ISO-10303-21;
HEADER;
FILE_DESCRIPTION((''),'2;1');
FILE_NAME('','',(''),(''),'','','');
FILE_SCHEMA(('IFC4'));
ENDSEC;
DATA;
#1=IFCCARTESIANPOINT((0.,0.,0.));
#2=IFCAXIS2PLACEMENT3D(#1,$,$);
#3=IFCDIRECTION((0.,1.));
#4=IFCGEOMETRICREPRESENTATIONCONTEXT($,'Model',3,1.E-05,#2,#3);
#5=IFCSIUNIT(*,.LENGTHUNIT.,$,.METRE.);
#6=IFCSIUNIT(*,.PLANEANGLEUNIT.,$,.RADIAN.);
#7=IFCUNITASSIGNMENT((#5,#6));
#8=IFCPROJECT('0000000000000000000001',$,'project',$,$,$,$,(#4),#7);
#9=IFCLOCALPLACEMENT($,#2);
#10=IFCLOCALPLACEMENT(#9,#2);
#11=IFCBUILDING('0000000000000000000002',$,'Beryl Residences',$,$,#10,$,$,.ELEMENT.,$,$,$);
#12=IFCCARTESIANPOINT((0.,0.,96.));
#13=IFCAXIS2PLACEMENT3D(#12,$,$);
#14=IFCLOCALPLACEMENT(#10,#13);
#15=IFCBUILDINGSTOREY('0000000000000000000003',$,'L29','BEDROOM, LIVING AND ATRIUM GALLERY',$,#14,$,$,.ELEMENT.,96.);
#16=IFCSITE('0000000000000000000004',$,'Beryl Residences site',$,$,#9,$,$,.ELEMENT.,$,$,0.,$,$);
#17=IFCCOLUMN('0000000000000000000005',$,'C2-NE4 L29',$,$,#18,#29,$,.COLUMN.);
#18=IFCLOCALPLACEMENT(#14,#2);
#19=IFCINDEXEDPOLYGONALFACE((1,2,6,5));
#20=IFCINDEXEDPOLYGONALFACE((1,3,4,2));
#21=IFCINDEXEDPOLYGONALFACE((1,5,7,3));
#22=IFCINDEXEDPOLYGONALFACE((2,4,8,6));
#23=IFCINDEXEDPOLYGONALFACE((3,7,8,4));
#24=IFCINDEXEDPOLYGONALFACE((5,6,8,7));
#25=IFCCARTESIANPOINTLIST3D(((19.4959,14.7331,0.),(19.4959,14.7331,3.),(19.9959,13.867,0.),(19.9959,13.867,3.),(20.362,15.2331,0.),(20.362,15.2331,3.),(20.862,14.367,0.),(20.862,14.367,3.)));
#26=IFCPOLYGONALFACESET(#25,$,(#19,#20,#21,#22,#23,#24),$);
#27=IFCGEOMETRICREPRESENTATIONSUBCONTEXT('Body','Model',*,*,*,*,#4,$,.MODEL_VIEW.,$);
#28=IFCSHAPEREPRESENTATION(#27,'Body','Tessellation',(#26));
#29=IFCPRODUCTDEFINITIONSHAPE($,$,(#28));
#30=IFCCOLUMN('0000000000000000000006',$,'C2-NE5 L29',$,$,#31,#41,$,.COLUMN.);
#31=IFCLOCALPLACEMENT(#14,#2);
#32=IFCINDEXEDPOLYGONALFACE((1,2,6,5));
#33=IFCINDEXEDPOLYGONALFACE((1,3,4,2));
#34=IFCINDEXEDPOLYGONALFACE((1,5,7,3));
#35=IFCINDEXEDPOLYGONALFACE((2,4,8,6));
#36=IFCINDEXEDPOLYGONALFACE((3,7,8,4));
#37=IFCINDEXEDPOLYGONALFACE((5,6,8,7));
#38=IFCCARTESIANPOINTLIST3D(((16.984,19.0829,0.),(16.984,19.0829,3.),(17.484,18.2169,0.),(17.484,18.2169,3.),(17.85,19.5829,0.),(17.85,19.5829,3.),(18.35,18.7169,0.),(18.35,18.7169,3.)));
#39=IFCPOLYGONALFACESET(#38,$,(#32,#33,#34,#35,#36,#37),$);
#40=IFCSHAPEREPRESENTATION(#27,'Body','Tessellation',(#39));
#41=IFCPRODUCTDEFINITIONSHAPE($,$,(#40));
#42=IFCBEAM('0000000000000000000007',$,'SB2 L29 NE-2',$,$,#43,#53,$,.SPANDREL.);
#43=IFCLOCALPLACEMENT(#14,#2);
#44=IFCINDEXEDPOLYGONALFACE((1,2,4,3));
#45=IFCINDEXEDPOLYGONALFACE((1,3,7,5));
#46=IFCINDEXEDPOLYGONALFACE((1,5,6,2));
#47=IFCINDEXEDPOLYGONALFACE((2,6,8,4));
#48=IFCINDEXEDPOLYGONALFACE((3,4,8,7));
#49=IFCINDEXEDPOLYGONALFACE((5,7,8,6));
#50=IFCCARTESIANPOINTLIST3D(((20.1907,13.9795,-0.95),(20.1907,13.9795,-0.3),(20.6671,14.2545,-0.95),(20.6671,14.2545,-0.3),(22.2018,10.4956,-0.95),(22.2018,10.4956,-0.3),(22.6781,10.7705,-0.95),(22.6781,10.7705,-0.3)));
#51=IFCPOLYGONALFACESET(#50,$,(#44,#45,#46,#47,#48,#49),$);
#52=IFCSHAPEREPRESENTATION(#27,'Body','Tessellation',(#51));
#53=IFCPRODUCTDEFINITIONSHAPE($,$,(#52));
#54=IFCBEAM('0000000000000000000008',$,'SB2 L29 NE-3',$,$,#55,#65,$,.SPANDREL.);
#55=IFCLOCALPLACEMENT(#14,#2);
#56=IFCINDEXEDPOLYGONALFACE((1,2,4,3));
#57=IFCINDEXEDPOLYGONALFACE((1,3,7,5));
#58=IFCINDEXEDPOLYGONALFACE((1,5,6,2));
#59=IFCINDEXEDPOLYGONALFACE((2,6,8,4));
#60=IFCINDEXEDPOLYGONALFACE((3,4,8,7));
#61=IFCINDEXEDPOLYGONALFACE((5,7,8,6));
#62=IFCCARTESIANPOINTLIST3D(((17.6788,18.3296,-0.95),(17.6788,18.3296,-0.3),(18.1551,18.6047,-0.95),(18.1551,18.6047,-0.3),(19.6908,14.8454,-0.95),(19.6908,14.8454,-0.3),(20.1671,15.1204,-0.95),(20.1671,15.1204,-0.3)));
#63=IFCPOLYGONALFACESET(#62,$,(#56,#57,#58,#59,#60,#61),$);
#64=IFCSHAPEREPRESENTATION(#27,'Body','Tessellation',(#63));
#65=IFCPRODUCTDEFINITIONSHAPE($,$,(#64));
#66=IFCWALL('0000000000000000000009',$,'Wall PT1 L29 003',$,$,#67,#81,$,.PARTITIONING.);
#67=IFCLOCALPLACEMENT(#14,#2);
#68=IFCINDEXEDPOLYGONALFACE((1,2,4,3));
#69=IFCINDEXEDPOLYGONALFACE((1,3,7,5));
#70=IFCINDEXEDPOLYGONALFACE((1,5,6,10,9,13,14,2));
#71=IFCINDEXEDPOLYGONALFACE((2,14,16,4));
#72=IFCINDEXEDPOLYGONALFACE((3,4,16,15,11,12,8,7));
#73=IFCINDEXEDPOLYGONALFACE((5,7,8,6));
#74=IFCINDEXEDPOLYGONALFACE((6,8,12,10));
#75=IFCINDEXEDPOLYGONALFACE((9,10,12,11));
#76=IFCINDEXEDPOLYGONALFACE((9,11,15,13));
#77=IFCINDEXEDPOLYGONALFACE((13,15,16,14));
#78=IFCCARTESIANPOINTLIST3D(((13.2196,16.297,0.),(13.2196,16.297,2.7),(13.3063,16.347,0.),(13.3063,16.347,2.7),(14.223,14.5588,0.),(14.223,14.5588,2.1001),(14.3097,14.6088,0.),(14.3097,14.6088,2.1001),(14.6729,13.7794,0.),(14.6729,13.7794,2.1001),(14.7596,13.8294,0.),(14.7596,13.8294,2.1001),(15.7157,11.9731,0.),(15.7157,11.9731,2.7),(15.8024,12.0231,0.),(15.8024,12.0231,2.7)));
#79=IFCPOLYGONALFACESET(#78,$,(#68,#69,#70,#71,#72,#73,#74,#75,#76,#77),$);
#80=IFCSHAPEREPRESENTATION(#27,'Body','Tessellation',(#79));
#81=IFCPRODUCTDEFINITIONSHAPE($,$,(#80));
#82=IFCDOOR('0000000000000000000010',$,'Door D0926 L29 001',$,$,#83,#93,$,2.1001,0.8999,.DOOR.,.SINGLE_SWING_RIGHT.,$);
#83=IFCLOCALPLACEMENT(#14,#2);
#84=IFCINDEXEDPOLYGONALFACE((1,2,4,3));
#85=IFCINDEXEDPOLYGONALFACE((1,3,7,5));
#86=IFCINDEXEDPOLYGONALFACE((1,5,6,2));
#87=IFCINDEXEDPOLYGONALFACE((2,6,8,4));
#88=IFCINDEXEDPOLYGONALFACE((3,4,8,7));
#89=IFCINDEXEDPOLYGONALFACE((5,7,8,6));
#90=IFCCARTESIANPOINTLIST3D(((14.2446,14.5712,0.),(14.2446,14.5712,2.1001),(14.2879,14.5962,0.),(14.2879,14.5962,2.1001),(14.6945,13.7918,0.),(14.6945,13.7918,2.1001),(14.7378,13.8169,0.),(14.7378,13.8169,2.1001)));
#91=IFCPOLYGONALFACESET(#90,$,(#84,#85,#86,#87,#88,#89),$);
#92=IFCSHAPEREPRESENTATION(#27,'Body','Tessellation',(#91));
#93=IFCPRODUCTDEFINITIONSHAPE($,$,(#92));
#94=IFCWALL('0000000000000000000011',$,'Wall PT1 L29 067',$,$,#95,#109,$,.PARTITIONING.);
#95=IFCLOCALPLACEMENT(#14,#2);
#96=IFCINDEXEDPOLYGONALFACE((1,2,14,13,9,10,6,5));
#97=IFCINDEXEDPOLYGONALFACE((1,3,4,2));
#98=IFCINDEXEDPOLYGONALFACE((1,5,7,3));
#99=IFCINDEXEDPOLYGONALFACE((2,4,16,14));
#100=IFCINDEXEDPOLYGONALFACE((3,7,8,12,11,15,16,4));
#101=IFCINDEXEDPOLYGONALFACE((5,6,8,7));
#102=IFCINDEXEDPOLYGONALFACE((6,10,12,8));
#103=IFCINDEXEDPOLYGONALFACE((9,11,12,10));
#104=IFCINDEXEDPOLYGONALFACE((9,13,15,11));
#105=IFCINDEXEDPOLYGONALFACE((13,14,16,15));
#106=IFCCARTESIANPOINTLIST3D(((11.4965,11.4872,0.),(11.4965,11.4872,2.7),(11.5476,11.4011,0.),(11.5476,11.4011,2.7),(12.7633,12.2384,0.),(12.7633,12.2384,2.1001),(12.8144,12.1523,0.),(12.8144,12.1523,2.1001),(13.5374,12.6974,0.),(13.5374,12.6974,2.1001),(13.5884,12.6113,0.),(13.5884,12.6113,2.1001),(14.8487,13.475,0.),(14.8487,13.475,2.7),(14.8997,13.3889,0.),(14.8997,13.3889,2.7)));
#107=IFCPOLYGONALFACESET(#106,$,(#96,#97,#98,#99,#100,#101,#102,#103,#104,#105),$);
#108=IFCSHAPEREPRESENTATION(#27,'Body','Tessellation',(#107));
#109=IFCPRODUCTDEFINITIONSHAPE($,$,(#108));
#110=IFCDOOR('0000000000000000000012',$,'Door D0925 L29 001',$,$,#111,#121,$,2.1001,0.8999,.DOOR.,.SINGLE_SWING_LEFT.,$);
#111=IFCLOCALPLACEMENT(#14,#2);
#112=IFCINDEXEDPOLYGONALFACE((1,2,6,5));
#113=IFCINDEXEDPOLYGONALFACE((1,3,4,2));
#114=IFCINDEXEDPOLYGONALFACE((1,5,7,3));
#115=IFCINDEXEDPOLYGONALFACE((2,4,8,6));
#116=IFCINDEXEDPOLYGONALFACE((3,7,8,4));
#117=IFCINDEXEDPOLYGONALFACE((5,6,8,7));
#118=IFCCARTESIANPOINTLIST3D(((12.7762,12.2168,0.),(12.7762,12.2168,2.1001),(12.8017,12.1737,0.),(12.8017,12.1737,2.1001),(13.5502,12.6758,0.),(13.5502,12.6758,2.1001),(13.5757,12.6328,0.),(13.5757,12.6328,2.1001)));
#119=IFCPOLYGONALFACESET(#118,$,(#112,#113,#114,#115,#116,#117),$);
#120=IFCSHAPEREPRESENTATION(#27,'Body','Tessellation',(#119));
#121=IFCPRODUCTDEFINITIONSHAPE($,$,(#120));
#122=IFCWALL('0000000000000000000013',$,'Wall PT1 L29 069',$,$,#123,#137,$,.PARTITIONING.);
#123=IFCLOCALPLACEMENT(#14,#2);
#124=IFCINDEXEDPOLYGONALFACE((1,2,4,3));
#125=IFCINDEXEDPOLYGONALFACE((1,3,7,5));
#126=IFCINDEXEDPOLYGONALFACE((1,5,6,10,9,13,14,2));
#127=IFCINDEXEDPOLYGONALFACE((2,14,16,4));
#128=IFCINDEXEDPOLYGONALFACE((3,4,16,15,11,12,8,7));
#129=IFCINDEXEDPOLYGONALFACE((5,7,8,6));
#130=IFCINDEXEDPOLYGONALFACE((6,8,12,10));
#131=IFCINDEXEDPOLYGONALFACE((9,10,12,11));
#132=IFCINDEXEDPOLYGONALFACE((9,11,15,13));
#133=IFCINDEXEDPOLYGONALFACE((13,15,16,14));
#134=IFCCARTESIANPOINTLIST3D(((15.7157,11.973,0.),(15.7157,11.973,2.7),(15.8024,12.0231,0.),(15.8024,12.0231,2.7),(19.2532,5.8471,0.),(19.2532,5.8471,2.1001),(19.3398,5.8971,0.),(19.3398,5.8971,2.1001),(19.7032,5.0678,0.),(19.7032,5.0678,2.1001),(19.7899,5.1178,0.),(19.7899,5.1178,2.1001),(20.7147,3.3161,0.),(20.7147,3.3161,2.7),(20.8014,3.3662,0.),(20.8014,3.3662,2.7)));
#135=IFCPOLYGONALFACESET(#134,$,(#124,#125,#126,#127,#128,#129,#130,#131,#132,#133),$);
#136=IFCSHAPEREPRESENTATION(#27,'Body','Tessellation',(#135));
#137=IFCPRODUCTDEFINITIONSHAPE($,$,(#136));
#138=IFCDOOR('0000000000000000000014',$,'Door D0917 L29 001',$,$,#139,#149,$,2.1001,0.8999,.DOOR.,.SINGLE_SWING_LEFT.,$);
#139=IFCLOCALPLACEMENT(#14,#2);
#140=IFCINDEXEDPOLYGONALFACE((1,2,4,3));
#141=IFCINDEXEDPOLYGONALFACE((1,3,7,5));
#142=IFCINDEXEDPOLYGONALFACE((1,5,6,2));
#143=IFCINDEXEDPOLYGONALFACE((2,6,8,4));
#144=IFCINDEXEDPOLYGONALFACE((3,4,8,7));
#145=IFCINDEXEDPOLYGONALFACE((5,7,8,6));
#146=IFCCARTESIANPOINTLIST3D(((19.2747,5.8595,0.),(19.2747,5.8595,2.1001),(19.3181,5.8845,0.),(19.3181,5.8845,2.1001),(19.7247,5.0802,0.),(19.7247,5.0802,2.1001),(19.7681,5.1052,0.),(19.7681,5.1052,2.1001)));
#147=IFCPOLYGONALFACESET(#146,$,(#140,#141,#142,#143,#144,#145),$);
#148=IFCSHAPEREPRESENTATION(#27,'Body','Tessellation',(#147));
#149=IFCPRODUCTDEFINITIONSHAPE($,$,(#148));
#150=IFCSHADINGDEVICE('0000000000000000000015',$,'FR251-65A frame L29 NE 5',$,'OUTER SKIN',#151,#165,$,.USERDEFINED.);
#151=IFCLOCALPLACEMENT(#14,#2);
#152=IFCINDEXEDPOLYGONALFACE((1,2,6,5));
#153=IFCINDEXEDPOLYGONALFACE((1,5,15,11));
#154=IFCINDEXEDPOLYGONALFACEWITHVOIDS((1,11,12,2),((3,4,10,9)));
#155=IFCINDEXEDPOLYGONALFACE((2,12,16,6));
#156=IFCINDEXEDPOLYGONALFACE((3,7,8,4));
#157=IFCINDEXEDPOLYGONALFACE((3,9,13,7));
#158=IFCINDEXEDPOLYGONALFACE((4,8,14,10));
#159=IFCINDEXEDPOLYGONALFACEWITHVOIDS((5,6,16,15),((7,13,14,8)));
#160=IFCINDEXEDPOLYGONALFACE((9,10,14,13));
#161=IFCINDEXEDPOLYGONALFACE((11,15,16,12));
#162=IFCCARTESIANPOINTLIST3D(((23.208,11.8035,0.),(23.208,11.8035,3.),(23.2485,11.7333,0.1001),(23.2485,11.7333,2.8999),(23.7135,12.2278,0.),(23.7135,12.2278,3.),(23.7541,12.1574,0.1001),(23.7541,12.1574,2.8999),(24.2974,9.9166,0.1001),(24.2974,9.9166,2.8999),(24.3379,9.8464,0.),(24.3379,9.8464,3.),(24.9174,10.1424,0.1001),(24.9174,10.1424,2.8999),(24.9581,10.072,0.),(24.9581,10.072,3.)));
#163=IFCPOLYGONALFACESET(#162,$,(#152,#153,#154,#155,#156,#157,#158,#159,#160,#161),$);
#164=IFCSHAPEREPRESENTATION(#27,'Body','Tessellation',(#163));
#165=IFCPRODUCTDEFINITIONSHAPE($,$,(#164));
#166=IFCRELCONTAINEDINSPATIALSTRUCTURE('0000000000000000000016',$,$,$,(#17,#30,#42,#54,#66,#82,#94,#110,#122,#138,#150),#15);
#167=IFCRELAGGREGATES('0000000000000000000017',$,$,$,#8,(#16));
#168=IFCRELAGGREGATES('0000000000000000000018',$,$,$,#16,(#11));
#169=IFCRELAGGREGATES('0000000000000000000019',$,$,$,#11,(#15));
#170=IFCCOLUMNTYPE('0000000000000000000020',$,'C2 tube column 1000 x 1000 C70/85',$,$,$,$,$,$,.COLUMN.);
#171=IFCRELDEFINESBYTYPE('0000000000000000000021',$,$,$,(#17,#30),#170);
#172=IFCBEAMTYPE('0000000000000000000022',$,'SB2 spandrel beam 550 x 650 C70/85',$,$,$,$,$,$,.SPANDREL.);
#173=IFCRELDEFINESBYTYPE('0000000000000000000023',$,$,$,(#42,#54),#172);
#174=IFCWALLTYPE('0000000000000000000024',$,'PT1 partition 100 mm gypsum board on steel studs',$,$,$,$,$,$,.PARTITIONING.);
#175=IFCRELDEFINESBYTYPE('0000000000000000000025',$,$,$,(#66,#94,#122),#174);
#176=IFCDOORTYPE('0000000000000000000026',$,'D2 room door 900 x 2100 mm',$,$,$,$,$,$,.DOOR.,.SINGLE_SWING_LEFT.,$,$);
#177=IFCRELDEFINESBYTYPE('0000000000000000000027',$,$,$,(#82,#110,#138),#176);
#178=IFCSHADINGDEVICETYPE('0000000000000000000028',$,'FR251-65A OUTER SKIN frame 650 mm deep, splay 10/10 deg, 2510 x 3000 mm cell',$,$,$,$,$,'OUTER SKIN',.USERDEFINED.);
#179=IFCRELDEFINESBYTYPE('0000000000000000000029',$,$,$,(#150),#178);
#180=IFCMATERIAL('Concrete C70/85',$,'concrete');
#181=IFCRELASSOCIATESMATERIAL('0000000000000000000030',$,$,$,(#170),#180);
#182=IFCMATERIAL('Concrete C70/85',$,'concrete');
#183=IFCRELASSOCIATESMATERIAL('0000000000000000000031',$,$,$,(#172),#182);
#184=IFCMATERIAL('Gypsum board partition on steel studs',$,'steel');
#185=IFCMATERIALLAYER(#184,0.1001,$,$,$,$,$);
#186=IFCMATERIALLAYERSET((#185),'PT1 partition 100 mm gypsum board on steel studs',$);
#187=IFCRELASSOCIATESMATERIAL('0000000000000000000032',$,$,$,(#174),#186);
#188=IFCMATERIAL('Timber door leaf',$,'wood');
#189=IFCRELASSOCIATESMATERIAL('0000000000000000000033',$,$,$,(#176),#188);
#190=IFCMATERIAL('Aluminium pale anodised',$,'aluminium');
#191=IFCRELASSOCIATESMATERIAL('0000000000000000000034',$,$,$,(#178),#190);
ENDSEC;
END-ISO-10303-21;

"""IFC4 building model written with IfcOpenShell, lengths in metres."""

from ifc_helpers import new_model, entity, si_unit, direction, frame, frame_2d, origin, origin_2d, place, context, subcontext, project, spatial, rectangle, extrude, source, transform, mapped, material, layer, layer_set, material_profile, profile_set, type_object, type_shapes, element, fill, save


model = new_model("IFC4")

# Units and contexts
model_context = context("Model", 3, precision=1e-05, world=origin(), true_north=direction((0.0, 1.0)))
body_context = subcontext(model_context, "Body", "Model", "MODEL_VIEW")
ifc_project = project(units=[si_unit("LENGTHUNIT", "METRE"), si_unit("PLANEANGLEUNIT", "RADIAN")], contexts=[model_context])

# Site, building, storey
site_placement = place(None, origin())
site = spatial("IfcSite", under=ifc_project, at=site_placement, Name="Beryl Residences site", CompositionType="ELEMENT", RefElevation=0.0)
building_placement = place(site_placement, origin())
building = spatial("IfcBuilding", under=site, at=building_placement, Name="Beryl Residences", CompositionType="ELEMENT")
storey_placement = place(building_placement, frame((0.0, 0.0, 96.0)))
storey = spatial("IfcBuildingStorey", under=building, at=storey_placement, Name="L29", Description="BEDROOM, LIVING AND ATRIUM GALLERY", CompositionType="ELEMENT", Elevation=96.0)

# Columns
ifc_material_1 = material(Name="Concrete C70/85", Category="concrete")
ifc_material_profile_1 = material_profile(ifc_material_1, rectangle(XDim=1.0, YDim=1.0, at=origin_2d()))
ifc_profile_set_1 = profile_set([ifc_material_profile_1], Name="Concrete C70/85")
column_type = type_object("IfcColumnType", Name="C2 tube column 1000 x 1000 C70/85", PredefinedType="COLUMN", material=ifc_profile_set_1)
for number, where, z_axis, x_axis, name in (
    (1, (20.179, 14.55, 0.0), (0.0, 0.0, 1.0), (-0.5, 0.866025, 0.0), "C2-NE4 L29"),
    (2, (17.667, 18.8999, 0.0), (0.0, 0.0, 1.0), (-0.5, 0.866025, 0.0), "C2-NE5 L29"),
):
    element("IfcColumn", number, at=place(storey_placement, frame(where, z_axis=z_axis, x_axis=x_axis)), inside=storey, type_object=column_type, Name=name, PredefinedType="COLUMN", context=body_context, shape_type="SweptSolid", body=[
        extrude(rectangle(XDim=1.0, YDim=1.0, at=origin_2d()), origin(), (0.0, 0.0, 1.0), 3.0),
    ])

# Beams
ifc_material_2 = material(Name="Concrete C70/85", Category="concrete")
ifc_material_profile_2 = material_profile(ifc_material_2, rectangle(XDim=0.55, YDim=0.6499, at=origin_2d()))
ifc_profile_set_2 = profile_set([ifc_material_profile_2], Name="Concrete C70/85")
beam_type = type_object("IfcBeamType", Name="SB2 spandrel beam 550 x 650 C70/85", PredefinedType="SPANDREL", material=ifc_profile_set_2)
beam_1_placement = place(storey_placement, frame((22.4399, 10.6331, -0.625), z_axis=(-0.499919, 0.866072, 0.0), x_axis=(-0.866072, -0.499919, 0.0)))
element("IfcBeam", 3, at=beam_1_placement, inside=storey, type_object=beam_type, Name="SB2 L29 NE-2", PredefinedType="SPANDREL", context=body_context, shape_type="SweptSolid", body=[
    extrude(rectangle(XDim=0.55, YDim=0.6499, at=origin_2d()), origin(), (0.0, 0.0, 1.0), 4.0227),
])
beam_2_placement = place(storey_placement, frame((19.929, 14.9829, -0.625), z_axis=(-0.500074, 0.865982, 0.0), x_axis=(-0.865982, -0.500074, 0.0)))
element("IfcBeam", 4, at=beam_2_placement, inside=storey, type_object=beam_type, Name="SB2 L29 NE-3", PredefinedType="SPANDREL", context=body_context, shape_type="SweptSolid", body=[
    extrude(rectangle(XDim=0.55, YDim=0.6499, at=origin_2d()), origin(), (0.0, 0.0, 1.0), 4.0234),
])

# Walls, openings, doors
ifc_material_3 = material(Name="Gypsum board partition on steel studs", Category="steel")
ifc_layer = layer(ifc_material_3, 0.1001)
ifc_layer_set = layer_set([ifc_layer], Name="PT1 partition 100 mm gypsum board on steel studs")
wall_type = type_object("IfcWallType", Name="PT1 partition 100 mm gypsum board on steel studs", PredefinedType="PARTITIONING", material=ifc_layer_set)
wall_1_placement = place(storey_placement, frame((13.2629, 16.322, 0.0), z_axis=(0.0, 0.0, 1.0), x_axis=(0.499947, -0.866056, 0.0)))
wall_1 = element("IfcWall", 5, at=wall_1_placement, inside=storey, type_object=wall_type, Name="Wall PT1 L29 003", PredefinedType="PARTITIONING", context=body_context, shape_type="SweptSolid", body=[
    extrude(rectangle(XDim=4.9927, YDim=0.1001, at=frame_2d((2.4963, 0.0))), origin(), (0.0, 0.0, 1.0), 2.7),
])
opening_1_placement = place(wall_1_placement, frame((2.0071, 0.0, 0.0)))
opening_1 = element("IfcOpeningElement", 6, at=opening_1_placement, cuts=wall_1, PredefinedType="OPENING", context=body_context, shape_type="SweptSolid", body=[
    extrude(rectangle(XDim=0.8999, YDim=2.1001, at=frame_2d((0.45, 1.05))), frame((0.0, 0.0601, 0.0), z_axis=(0.0, -1.0, 0.0), x_axis=(1.0, 0.0, 0.0)), (0.0, 0.0, 1.0), 0.1201),
])
ifc_material_4 = material(Name="Timber door leaf", Category="wood")
door_type = type_object("IfcDoorType", Name="D2 room door 900 x 2100 mm", OperationType="SINGLE_SWING_LEFT", PredefinedType="DOOR", material=ifc_material_4)
door_1_placement = place(opening_1_placement, origin())
door_1 = element("IfcDoor", 7, at=door_1_placement, inside=storey, type_object=door_type, Name="Door D0926 L29 001", OperationType="SINGLE_SWING_RIGHT", OverallHeight=2.1001, OverallWidth=0.8999, PredefinedType="DOOR", context=body_context, shape_type="SweptSolid", body=[
    extrude(rectangle(XDim=0.8999, YDim=2.1001, at=frame_2d((0.45, 1.05))), frame((0.0, 0.0249, 0.0), z_axis=(0.0, -1.0, 0.0), x_axis=(1.0, 0.0, 0.0)), (0.0, 0.0, 1.0), 0.05),
])
fill(opening_1, door_1)
wall_2_placement = place(storey_placement, frame((11.522, 11.4441, 0.0), z_axis=(0.0, 0.0, 1.0), x_axis=(0.860135, 0.510067, 0.0)))
wall_2 = element("IfcWall", 8, at=wall_2_placement, inside=storey, type_object=wall_type, Name="Wall PT1 L29 067", PredefinedType="PARTITIONING", context=body_context, shape_type="SweptSolid", body=[
    extrude(rectangle(XDim=3.8972, YDim=0.1001, at=frame_2d((1.9487, 0.0))), origin(), (0.0, 0.0, 1.0), 2.7),
])
opening_2_placement = place(wall_2_placement, frame((1.4729, 0.0, 0.0)))
opening_2 = element("IfcOpeningElement", 9, at=opening_2_placement, cuts=wall_2, PredefinedType="OPENING", context=body_context, shape_type="SweptSolid", body=[
    extrude(rectangle(XDim=0.8999, YDim=2.1001, at=frame_2d((0.45, 1.05))), frame((0.0, 0.0601, 0.0), z_axis=(0.0, -1.0, 0.0), x_axis=(1.0, 0.0, 0.0)), (0.0, 0.0, 1.0), 0.1201),
])
door_2_placement = place(opening_2_placement, origin())
door_2 = element("IfcDoor", 10, at=door_2_placement, inside=storey, type_object=door_type, Name="Door D0925 L29 001", OperationType="SINGLE_SWING_LEFT", OverallHeight=2.1001, OverallWidth=0.8999, PredefinedType="DOOR", context=body_context, shape_type="SweptSolid", body=[
    extrude(rectangle(XDim=0.8999, YDim=2.1001, at=frame_2d((0.45, 1.05))), frame((0.0, 0.0249, 0.0), z_axis=(0.0, -1.0, 0.0), x_axis=(1.0, 0.0, 0.0)), (0.0, 0.0, 1.0), 0.05),
])
fill(opening_2, door_2)
wall_3_placement = place(storey_placement, frame((15.759, 11.998, 0.0), z_axis=(0.0, 0.0, 1.0), x_axis=(0.500068, -0.865986, 0.0)))
wall_3 = element("IfcWall", 11, at=wall_3_placement, inside=storey, type_object=wall_type, Name="Wall PT1 L29 069", PredefinedType="PARTITIONING", context=body_context, shape_type="SweptSolid", body=[
    extrude(rectangle(XDim=9.9966, YDim=0.1001, at=frame_2d((4.9983, 0.0))), origin(), (0.0, 0.0, 1.0), 2.7),
])
opening_3_placement = place(wall_3_placement, frame((7.074, 0.0, 0.0)))
opening_3 = element("IfcOpeningElement", 12, at=opening_3_placement, cuts=wall_3, PredefinedType="OPENING", context=body_context, shape_type="SweptSolid", body=[
    extrude(rectangle(XDim=0.8999, YDim=2.1001, at=frame_2d((0.45, 1.05))), frame((0.0, 0.0601, 0.0), z_axis=(0.0, -1.0, 0.0), x_axis=(1.0, 0.0, 0.0)), (0.0, 0.0, 1.0), 0.1201),
])
door_3_placement = place(opening_3_placement, origin())
door_3 = element("IfcDoor", 13, at=door_3_placement, inside=storey, type_object=door_type, Name="Door D0917 L29 001", OperationType="SINGLE_SWING_LEFT", OverallHeight=2.1001, OverallWidth=0.8999, PredefinedType="DOOR", context=body_context, shape_type="SweptSolid", body=[
    extrude(rectangle(XDim=0.8999, YDim=2.1001, at=frame_2d((0.45, 1.05))), frame((0.0, 0.0249, 0.0), z_axis=(0.0, -1.0, 0.0), x_axis=(1.0, 0.0, 0.0)), (0.0, 0.0, 1.0), 0.05),
])
fill(opening_3, door_3)

# Shading device
ifc_material_5 = material(Name="Aluminium pale anodised", Category="aluminium")
shading_device_type = type_object("IfcShadingDeviceType", Name="FR251-65A OUTER SKIN frame 650 mm deep, splay 10/10 deg, 2510 x 3000 mm cell", ElementType="OUTER SKIN", PredefinedType="USERDEFINED", material=ifc_material_5)
cartesian_point_1 = entity("IfcCartesianPoint", [-1.1299, 0.0])
cartesian_point_2 = entity("IfcCartesianPoint", [-1.0488, 0.1001])
cartesian_point_3 = entity("IfcCartesianPoint", [-1.2446, 0.0])
cartesian_point_4 = entity("IfcCartesianPoint", [-1.1633, 0.1001])
shared_shape = source(origin(), body_context, "Body", "SweptSolid", [
    entity("IfcExtrudedAreaSolidTapered", entity("IfcArbitraryProfileDefWithVoids", "AREA", None, entity("IfcPolyline", [cartesian_point_1, entity("IfcCartesianPoint", [1.1299, 0.0]), entity("IfcCartesianPoint", [1.1299, 3.0]), entity("IfcCartesianPoint", [-1.1299, 3.0]), cartesian_point_1]), [entity("IfcPolyline", [cartesian_point_2, entity("IfcCartesianPoint", [1.0488, 0.1001]), entity("IfcCartesianPoint", [1.0488, 2.8999]), entity("IfcCartesianPoint", [-1.0488, 2.8999]), cartesian_point_2])]), entity("IfcAxis2Placement3D", entity("IfcCartesianPoint", [0.0, 0.0, 0.0]), entity("IfcDirection", [0.0, 1.0, 0.0]), entity("IfcDirection", [-1.0, 0.0, 0.0])), entity("IfcDirection", [0.0, 0.0, 1.0]), 0.6499, entity("IfcArbitraryProfileDefWithVoids", "AREA", None, entity("IfcPolyline", [cartesian_point_3, entity("IfcCartesianPoint", [1.2446, 0.0]), entity("IfcCartesianPoint", [1.2446, 3.0]), entity("IfcCartesianPoint", [-1.2446, 3.0]), cartesian_point_3]), [entity("IfcPolyline", [cartesian_point_4, entity("IfcCartesianPoint", [1.1633, 0.1001]), entity("IfcCartesianPoint", [1.1633, 2.8999]), entity("IfcCartesianPoint", [-1.1633, 2.8999]), cartesian_point_4])])),
])
type_shapes(shading_device_type, [shared_shape])
for number, where, z_axis, x_axis, name in (
    (14, (23.7729, 10.825, 0.0), (0.0, 0.0, 1.0), (0.5, -0.866025, 0.0), "FR251-65A frame L29 NE 5"),
):
    element("IfcShadingDevice", number, at=place(storey_placement, frame(where, z_axis=z_axis, x_axis=x_axis)), inside=storey, type_object=shading_device_type, Name=name, ObjectType="OUTER SKIN", PredefinedType="USERDEFINED", context=body_context, shape_type="MappedRepresentation", body=[
        mapped(shared_shape, transform((0.0, 0.0, 0.0))),
    ])

save(model, "model.ifc")
